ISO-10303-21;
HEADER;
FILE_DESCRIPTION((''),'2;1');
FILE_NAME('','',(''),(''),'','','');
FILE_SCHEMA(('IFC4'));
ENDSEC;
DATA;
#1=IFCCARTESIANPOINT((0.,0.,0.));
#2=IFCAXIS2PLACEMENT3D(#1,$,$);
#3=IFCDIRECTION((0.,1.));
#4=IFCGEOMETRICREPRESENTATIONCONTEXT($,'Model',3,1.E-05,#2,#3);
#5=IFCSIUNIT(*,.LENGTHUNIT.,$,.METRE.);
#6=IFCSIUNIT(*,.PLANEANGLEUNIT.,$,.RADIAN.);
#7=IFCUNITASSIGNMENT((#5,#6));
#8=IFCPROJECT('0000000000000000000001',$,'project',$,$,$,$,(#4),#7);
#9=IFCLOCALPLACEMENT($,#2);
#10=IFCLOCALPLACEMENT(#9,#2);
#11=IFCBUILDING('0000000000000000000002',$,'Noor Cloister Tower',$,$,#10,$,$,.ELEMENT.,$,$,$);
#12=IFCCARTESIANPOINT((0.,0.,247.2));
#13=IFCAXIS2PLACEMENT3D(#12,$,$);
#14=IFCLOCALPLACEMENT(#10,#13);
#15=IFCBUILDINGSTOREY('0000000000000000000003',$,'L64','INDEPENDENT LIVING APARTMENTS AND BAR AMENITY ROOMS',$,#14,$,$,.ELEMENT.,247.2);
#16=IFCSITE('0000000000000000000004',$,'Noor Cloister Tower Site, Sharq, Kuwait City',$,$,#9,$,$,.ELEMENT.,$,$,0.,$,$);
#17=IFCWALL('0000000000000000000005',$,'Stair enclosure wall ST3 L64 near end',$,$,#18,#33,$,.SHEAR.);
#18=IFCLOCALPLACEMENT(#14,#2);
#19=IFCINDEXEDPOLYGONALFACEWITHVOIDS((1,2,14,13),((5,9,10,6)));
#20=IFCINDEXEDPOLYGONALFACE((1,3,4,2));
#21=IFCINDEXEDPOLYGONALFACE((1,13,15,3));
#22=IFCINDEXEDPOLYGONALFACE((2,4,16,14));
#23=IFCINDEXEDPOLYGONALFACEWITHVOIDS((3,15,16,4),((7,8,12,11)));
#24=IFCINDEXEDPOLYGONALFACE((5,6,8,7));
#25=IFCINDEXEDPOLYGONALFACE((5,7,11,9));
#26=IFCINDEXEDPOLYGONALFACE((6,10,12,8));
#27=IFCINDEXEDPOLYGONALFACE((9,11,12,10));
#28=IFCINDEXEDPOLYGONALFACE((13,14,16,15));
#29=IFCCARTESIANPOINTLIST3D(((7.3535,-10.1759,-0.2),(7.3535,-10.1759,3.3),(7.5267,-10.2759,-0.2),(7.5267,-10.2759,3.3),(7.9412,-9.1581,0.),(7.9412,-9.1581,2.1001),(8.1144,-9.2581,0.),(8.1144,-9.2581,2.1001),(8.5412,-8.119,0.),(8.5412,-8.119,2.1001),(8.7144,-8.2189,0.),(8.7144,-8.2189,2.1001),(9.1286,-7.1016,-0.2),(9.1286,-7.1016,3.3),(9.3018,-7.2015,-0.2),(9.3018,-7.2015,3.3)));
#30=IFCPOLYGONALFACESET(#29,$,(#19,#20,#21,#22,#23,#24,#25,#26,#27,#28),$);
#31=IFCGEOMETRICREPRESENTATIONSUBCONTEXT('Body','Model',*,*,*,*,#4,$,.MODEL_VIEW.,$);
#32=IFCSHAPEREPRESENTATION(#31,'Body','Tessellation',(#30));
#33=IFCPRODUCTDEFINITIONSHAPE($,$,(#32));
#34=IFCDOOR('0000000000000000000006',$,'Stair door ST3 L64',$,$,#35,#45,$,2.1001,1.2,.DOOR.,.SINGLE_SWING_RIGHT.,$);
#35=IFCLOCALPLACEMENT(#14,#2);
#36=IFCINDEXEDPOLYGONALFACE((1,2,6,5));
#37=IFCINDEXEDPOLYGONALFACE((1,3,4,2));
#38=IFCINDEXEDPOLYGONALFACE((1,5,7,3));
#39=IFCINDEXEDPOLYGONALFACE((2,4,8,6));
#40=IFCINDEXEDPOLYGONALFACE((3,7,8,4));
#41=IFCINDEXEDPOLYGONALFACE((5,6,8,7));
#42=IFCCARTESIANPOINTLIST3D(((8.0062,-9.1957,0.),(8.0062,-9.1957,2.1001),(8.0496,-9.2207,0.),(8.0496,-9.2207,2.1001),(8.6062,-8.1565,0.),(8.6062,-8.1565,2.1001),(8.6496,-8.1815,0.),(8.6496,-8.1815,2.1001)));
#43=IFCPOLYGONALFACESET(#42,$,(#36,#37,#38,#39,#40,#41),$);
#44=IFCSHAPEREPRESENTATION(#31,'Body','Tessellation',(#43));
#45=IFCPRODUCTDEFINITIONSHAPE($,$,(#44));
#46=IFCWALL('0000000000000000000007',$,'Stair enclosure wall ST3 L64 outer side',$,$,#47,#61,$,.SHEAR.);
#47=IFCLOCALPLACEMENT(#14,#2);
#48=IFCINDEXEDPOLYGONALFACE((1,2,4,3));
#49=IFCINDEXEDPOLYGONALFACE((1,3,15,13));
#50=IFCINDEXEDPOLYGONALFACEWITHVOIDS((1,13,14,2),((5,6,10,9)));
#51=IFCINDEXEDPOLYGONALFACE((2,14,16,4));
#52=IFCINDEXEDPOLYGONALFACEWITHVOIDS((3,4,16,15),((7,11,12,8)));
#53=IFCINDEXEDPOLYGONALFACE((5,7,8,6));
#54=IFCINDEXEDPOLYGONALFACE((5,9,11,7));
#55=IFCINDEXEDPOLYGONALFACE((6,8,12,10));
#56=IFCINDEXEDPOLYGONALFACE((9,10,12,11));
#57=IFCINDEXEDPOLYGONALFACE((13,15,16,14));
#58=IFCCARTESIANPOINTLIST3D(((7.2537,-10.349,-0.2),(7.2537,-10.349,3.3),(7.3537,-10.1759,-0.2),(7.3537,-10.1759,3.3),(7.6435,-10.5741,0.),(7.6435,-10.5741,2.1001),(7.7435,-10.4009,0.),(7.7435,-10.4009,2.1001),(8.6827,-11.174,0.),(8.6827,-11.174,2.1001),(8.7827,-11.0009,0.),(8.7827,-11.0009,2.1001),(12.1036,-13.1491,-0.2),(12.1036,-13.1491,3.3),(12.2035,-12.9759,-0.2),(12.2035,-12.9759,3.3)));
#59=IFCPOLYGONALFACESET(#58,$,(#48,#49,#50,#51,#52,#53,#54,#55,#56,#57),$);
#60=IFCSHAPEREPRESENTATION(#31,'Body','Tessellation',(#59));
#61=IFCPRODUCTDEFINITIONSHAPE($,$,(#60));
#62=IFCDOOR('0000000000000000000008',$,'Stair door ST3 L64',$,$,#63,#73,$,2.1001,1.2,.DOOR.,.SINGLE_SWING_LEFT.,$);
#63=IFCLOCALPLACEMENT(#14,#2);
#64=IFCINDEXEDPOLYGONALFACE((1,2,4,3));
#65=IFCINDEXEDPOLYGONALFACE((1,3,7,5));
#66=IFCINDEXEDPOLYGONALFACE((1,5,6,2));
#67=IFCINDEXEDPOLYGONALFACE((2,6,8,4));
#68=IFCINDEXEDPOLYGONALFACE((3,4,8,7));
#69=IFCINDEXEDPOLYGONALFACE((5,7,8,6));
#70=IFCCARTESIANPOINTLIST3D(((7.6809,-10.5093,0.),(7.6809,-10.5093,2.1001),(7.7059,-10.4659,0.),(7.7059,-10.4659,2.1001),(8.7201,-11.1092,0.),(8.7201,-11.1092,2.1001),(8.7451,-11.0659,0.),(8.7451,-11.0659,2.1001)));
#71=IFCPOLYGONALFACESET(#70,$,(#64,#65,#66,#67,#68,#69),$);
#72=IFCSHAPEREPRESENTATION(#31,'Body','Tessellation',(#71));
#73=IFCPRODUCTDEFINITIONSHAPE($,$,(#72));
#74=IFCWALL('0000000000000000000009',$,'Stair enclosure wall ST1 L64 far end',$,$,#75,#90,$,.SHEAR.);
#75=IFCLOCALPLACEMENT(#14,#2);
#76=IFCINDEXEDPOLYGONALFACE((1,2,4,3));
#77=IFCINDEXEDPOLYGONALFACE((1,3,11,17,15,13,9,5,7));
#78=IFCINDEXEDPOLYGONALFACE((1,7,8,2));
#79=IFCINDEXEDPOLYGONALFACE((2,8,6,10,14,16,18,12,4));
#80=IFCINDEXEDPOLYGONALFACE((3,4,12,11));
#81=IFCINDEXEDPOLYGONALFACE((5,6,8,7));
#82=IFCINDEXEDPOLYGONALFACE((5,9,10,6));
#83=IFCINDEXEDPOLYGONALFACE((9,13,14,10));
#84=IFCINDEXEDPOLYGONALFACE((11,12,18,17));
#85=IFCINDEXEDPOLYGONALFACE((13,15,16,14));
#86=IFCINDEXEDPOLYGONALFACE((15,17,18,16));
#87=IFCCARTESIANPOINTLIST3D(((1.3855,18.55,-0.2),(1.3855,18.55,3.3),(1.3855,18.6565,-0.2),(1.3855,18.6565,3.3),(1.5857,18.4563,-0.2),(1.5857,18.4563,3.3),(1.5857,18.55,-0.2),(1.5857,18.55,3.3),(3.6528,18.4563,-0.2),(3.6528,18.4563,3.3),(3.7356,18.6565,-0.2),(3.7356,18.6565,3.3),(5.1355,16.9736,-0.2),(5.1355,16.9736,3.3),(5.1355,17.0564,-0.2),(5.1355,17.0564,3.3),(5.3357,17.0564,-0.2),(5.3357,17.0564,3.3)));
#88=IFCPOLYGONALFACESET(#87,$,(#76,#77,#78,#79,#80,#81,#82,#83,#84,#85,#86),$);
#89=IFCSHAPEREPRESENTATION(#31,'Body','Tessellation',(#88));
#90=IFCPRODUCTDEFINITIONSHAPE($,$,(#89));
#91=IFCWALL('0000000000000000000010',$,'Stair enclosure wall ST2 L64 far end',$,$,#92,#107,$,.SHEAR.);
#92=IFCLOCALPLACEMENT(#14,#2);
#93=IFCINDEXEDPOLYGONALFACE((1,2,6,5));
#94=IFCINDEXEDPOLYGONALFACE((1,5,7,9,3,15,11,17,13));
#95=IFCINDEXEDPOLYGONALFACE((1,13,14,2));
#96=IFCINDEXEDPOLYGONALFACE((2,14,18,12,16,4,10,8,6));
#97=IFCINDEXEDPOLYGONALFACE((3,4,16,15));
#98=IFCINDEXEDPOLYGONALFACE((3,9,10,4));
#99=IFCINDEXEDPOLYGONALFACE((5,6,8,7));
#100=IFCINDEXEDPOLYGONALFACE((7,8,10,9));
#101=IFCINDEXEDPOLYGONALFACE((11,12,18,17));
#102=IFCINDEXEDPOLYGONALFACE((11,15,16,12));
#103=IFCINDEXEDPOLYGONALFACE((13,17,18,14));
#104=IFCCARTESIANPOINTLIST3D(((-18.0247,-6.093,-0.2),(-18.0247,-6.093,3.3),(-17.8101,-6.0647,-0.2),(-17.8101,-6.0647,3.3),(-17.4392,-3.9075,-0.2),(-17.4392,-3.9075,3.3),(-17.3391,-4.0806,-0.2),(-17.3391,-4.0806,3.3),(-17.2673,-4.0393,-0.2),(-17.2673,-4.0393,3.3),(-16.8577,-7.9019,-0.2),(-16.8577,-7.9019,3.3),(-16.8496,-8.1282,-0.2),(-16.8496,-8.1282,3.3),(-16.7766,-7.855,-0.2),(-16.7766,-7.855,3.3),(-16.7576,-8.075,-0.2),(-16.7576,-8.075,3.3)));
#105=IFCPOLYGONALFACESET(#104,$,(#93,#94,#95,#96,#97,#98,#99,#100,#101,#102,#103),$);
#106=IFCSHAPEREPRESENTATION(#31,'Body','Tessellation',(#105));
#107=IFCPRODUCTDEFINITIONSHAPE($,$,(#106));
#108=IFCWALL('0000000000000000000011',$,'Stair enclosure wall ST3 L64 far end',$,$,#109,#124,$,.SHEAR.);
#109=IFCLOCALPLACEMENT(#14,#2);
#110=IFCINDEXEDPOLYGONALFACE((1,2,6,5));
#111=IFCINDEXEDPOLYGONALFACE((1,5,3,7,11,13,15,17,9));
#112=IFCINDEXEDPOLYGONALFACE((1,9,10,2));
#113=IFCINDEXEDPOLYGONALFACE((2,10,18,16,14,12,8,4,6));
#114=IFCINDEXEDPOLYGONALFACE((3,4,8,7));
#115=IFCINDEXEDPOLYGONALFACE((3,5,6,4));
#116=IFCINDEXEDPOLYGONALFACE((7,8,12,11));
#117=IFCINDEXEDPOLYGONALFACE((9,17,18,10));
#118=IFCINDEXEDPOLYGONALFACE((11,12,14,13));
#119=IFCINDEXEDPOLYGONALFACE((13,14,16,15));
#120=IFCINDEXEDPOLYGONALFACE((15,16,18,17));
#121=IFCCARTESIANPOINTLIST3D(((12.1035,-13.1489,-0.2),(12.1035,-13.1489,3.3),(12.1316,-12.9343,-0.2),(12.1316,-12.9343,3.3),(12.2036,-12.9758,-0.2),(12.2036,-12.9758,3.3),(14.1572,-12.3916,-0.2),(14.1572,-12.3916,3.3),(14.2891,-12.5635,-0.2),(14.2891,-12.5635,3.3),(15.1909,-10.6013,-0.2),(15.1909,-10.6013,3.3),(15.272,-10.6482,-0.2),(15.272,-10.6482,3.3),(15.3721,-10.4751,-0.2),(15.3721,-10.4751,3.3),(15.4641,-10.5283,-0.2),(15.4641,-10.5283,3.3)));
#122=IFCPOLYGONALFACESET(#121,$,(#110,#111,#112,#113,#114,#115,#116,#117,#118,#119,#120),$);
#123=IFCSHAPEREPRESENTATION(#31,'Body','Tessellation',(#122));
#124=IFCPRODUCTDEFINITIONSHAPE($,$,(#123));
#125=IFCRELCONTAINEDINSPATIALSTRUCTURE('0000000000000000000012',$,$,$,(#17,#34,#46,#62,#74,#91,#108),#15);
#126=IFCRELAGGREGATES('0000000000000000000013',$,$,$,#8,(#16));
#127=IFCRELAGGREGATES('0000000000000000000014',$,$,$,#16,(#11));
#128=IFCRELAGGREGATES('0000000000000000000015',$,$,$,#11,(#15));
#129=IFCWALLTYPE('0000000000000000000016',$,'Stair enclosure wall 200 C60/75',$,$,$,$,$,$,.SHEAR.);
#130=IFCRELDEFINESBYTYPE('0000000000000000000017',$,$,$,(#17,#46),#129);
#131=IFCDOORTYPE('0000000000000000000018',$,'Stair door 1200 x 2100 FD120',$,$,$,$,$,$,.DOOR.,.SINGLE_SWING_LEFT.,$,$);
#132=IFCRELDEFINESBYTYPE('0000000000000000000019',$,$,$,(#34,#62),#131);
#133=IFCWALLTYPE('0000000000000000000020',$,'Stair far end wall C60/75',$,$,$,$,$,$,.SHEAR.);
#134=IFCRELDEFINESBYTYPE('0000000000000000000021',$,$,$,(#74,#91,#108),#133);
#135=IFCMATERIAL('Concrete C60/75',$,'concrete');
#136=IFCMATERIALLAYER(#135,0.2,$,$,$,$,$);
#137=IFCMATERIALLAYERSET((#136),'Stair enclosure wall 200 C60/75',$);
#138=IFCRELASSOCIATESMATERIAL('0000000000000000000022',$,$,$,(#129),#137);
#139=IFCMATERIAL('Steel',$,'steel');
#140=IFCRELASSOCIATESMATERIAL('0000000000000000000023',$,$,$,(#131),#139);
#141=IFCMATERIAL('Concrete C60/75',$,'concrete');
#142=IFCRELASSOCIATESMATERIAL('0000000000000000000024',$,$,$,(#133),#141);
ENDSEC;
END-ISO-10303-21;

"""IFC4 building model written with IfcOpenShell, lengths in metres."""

from ifc_helpers import new_model, si_unit, direction, frame, frame_2d, origin, place, context, subcontext, project, spatial, polyline, rectangle, outline, extrude, material, layer, layer_set, type_object, element, fill, save


model = new_model("IFC4")

# Units and contexts
model_context = context("Model", 3, precision=1e-05, world=origin(), true_north=direction((0.0, 1.0)))
body_context = subcontext(model_context, "Body", "Model", "MODEL_VIEW")
ifc_project = project(units=[si_unit("LENGTHUNIT", "METRE"), si_unit("PLANEANGLEUNIT", "RADIAN")], contexts=[model_context])

# Site, building, storey
site_placement = place(None, origin())
site = spatial("IfcSite", under=ifc_project, at=site_placement, Name="Noor Cloister Tower Site, Sharq, Kuwait City", CompositionType="ELEMENT", RefElevation=0.0)
building_placement = place(site_placement, origin())
building = spatial("IfcBuilding", under=site, at=building_placement, Name="Noor Cloister Tower", CompositionType="ELEMENT")
storey_placement = place(building_placement, frame((0.0, 0.0, 247.2)))
storey = spatial("IfcBuildingStorey", under=building, at=storey_placement, Name="L64", Description="INDEPENDENT LIVING APARTMENTS AND BAR AMENITY ROOMS", CompositionType="ELEMENT", Elevation=247.2)

# Walls, openings, doors
ifc_material_1 = material(Name="Concrete C60/75", Category="concrete")
ifc_layer_1 = layer(ifc_material_1, 0.2)
ifc_layer_set_1 = layer_set([ifc_layer_1], Name="Stair enclosure wall 200 C60/75")
wall_type_1 = type_object("IfcWallType", Name="Stair enclosure wall 200 C60/75", PredefinedType="SHEAR", material=ifc_layer_set_1)
wall_1_placement = place(storey_placement, frame((7.4402, -10.2258, -0.2), z_axis=(0.0, 0.0, 1.0), x_axis=(0.500022, 0.866013, 0.0)))
wall_1 = element("IfcWall", 1, at=wall_1_placement, inside=storey, type_object=wall_type_1, Name="Stair enclosure wall ST3 L64 near end", PredefinedType="SHEAR", context=body_context, shape_type="SweptSolid", body=[
    extrude(rectangle(XDim=3.55, YDim=0.2, at=frame_2d((1.7749, 0.0))), origin(), (0.0, 0.0, 1.0), 3.5),
])
opening_1_placement = place(wall_1_placement, frame((1.175, 0.0, 0.2)))
opening_1 = element("IfcOpeningElement", 2, at=opening_1_placement, cuts=wall_1, PredefinedType="OPENING", context=body_context, shape_type="SweptSolid", body=[
    extrude(rectangle(XDim=1.2, YDim=2.1001, at=frame_2d((0.6001, 1.05))), frame((0.0, 0.1099, 0.0), z_axis=(0.0, -1.0, 0.0), x_axis=(1.0, 0.0, 0.0)), (0.0, 0.0, 1.0), 0.22),
])
ifc_material_2 = material(Name="Steel", Category="steel")
door_type_1 = type_object("IfcDoorType", Name="Stair door 1200 x 2100 FD120", OperationType="SINGLE_SWING_LEFT", PredefinedType="DOOR", material=ifc_material_2)
door_1_placement = place(opening_1_placement, origin())
door_1 = element("IfcDoor", 3, at=door_1_placement, inside=storey, type_object=door_type_1, Name="Stair door ST3 L64", OperationType="SINGLE_SWING_RIGHT", OverallHeight=2.1001, OverallWidth=1.2, PredefinedType="DOOR", context=body_context, shape_type="SweptSolid", body=[
    extrude(rectangle(XDim=1.2, YDim=2.1001, at=frame_2d((0.6001, 1.05))), frame((0.0, 0.0249, 0.0), z_axis=(0.0, -1.0, 0.0), x_axis=(1.0, 0.0, 0.0)), (0.0, 0.0, 1.0), 0.05),
])
fill(opening_1, door_1)
wall_2_placement = place(storey_placement, frame((7.3037, -10.2625, -0.2), z_axis=(0.0, 0.0, 1.0), x_axis=(0.866027, -0.499998, 0.0)))
wall_2 = element("IfcWall", 4, at=wall_2_placement, inside=storey, type_object=wall_type_1, Name="Stair enclosure wall ST3 L64 outer side", PredefinedType="SHEAR", context=body_context, shape_type="SweptSolid", body=[
    extrude(rectangle(XDim=5.6001, YDim=0.2, at=frame_2d((2.8, 0.0))), origin(), (0.0, 0.0, 1.0), 3.5),
])
opening_2_placement = place(wall_2_placement, frame((0.45, 0.0, 0.2)))
opening_2 = element("IfcOpeningElement", 5, at=opening_2_placement, cuts=wall_2, PredefinedType="OPENING", context=body_context, shape_type="SweptSolid", body=[
    extrude(rectangle(XDim=1.2, YDim=2.1001, at=frame_2d((0.6001, 1.05))), frame((0.0, 0.1099, 0.0), z_axis=(0.0, -1.0, 0.0), x_axis=(1.0, 0.0, 0.0)), (0.0, 0.0, 1.0), 0.22),
])
door_2_placement = place(opening_2_placement, origin())
door_2 = element("IfcDoor", 6, at=door_2_placement, inside=storey, type_object=door_type_1, Name="Stair door ST3 L64", OperationType="SINGLE_SWING_LEFT", OverallHeight=2.1001, OverallWidth=1.2, PredefinedType="DOOR", context=body_context, shape_type="SweptSolid", body=[
    extrude(rectangle(XDim=1.2, YDim=2.1001, at=frame_2d((0.6001, 1.05))), frame((0.0, 0.0249, 0.0), z_axis=(0.0, -1.0, 0.0), x_axis=(1.0, 0.0, 0.0)), (0.0, 0.0, 1.0), 0.05),
])
fill(opening_2, door_2)

# Walls
ifc_material_3 = material(Name="Concrete C60/75", Category="concrete")
wall_type_2 = type_object("IfcWallType", Name="Stair far end wall C60/75", PredefinedType="SHEAR", material=ifc_material_3)
wall_3_placement = place(storey_placement, frame((0.0, 0.0, -0.2)))
element("IfcWall", 7, at=wall_3_placement, inside=storey, type_object=wall_type_2, Name="Stair enclosure wall ST1 L64 far end", PredefinedType="SHEAR", context=body_context, shape_type="SweptSolid", body=[
    extrude(outline(polyline([(5.3357, 17.0564), (3.7356, 18.6565), (1.3855, 18.6565), (1.3855, 18.55), (1.5857, 18.55), (1.5857, 18.55), (1.5857, 18.55), (1.5857, 18.55), (1.5857, 18.55), (1.5857, 18.55), (1.5857, 18.55), (1.5857, 18.55), (1.5857, 18.55), (1.5857, 18.55), (1.5857, 18.55), (1.5857, 18.55), (1.5857, 18.55), (1.5857, 18.55), (1.5857, 18.55), (1.5857, 18.55), (1.5857, 18.55), (1.5857, 18.4563), (3.6528, 18.4563), (5.1355, 16.9736), (5.1355, 17.0564), (5.1355, 17.0564), (5.1355, 17.0564), (5.1355, 17.0564), (5.1355, 17.0564), (5.1355, 17.0564), (5.1355, 17.0564), (5.1355, 17.0564), (5.1355, 17.0564), (5.1355, 17.0564), (5.1355, 17.0564), (5.1355, 17.0564), (5.1355, 17.0564), (5.1355, 17.0564), (5.1355, 17.0564), (5.1355, 17.0564), (5.1355, 17.0564), (5.3357, 17.0564)])), origin(), (0.0, 0.0, 1.0), 3.5),
])
wall_4_placement = place(storey_placement, frame((0.0, 0.0, -0.2)))
element("IfcWall", 8, at=wall_4_placement, inside=storey, type_object=wall_type_2, Name="Stair enclosure wall ST2 L64 far end", PredefinedType="SHEAR", context=body_context, shape_type="SweptSolid", body=[
    extrude(outline(polyline([(-17.4392, -3.9075), (-18.0247, -6.093), (-16.8496, -8.1282), (-16.7576, -8.075), (-16.8577, -7.9019), (-16.8577, -7.9019), (-16.8577, -7.9019), (-16.8577, -7.9019), (-16.8577, -7.9019), (-16.8577, -7.9019), (-16.8577, -7.9019), (-16.8577, -7.9019), (-16.8577, -7.9019), (-16.8577, -7.9019), (-16.8577, -7.9019), (-16.8577, -7.9019), (-16.8577, -7.9019), (-16.8577, -7.9019), (-16.8577, -7.9019), (-16.8577, -7.9019), (-16.8577, -7.9019), (-16.7766, -7.855), (-17.8101, -6.0647), (-17.2673, -4.0393), (-17.3391, -4.0806), (-17.3391, -4.0806), (-17.3391, -4.0806), (-17.3391, -4.0806), (-17.3391, -4.0806), (-17.3391, -4.0806), (-17.3391, -4.0806), (-17.3391, -4.0806), (-17.3391, -4.0806), (-17.3391, -4.0806), (-17.3391, -4.0806), (-17.3391, -4.0806), (-17.3391, -4.0806), (-17.3391, -4.0806), (-17.3391, -4.0806), (-17.3391, -4.0806), (-17.3391, -4.0806), (-17.4392, -3.9075)])), origin(), (0.0, 0.0, 1.0), 3.5),
])
wall_5_placement = place(storey_placement, frame((0.0, 0.0, -0.2)))
element("IfcWall", 9, at=wall_5_placement, inside=storey, type_object=wall_type_2, Name="Stair enclosure wall ST3 L64 far end", PredefinedType="SHEAR", context=body_context, shape_type="SweptSolid", body=[
    extrude(outline(polyline([(12.1035, -13.1489), (14.2891, -12.5635), (15.4641, -10.5283), (15.3721, -10.4751), (15.272, -10.6482), (15.272, -10.6482), (15.272, -10.6482), (15.272, -10.6482), (15.272, -10.6482), (15.272, -10.6482), (15.272, -10.6482), (15.272, -10.6482), (15.272, -10.6482), (15.272, -10.6482), (15.272, -10.6482), (15.272, -10.6482), (15.272, -10.6482), (15.272, -10.6482), (15.272, -10.6482), (15.272, -10.6482), (15.272, -10.6482), (15.1909, -10.6013), (14.1572, -12.3916), (12.1316, -12.9343), (12.2036, -12.9758), (12.2036, -12.9758), (12.2036, -12.9758), (12.2036, -12.9758), (12.2036, -12.9758), (12.2036, -12.9758), (12.2036, -12.9758), (12.2036, -12.9758), (12.2036, -12.9758), (12.2036, -12.9758), (12.2036, -12.9758), (12.2036, -12.9758), (12.2036, -12.9758), (12.2036, -12.9758), (12.2036, -12.9758), (12.2036, -12.9758), (12.2036, -12.9758), (12.1035, -13.1489)])), origin(), (0.0, 0.0, 1.0), 3.5),
])

save(model, "model.ifc")
